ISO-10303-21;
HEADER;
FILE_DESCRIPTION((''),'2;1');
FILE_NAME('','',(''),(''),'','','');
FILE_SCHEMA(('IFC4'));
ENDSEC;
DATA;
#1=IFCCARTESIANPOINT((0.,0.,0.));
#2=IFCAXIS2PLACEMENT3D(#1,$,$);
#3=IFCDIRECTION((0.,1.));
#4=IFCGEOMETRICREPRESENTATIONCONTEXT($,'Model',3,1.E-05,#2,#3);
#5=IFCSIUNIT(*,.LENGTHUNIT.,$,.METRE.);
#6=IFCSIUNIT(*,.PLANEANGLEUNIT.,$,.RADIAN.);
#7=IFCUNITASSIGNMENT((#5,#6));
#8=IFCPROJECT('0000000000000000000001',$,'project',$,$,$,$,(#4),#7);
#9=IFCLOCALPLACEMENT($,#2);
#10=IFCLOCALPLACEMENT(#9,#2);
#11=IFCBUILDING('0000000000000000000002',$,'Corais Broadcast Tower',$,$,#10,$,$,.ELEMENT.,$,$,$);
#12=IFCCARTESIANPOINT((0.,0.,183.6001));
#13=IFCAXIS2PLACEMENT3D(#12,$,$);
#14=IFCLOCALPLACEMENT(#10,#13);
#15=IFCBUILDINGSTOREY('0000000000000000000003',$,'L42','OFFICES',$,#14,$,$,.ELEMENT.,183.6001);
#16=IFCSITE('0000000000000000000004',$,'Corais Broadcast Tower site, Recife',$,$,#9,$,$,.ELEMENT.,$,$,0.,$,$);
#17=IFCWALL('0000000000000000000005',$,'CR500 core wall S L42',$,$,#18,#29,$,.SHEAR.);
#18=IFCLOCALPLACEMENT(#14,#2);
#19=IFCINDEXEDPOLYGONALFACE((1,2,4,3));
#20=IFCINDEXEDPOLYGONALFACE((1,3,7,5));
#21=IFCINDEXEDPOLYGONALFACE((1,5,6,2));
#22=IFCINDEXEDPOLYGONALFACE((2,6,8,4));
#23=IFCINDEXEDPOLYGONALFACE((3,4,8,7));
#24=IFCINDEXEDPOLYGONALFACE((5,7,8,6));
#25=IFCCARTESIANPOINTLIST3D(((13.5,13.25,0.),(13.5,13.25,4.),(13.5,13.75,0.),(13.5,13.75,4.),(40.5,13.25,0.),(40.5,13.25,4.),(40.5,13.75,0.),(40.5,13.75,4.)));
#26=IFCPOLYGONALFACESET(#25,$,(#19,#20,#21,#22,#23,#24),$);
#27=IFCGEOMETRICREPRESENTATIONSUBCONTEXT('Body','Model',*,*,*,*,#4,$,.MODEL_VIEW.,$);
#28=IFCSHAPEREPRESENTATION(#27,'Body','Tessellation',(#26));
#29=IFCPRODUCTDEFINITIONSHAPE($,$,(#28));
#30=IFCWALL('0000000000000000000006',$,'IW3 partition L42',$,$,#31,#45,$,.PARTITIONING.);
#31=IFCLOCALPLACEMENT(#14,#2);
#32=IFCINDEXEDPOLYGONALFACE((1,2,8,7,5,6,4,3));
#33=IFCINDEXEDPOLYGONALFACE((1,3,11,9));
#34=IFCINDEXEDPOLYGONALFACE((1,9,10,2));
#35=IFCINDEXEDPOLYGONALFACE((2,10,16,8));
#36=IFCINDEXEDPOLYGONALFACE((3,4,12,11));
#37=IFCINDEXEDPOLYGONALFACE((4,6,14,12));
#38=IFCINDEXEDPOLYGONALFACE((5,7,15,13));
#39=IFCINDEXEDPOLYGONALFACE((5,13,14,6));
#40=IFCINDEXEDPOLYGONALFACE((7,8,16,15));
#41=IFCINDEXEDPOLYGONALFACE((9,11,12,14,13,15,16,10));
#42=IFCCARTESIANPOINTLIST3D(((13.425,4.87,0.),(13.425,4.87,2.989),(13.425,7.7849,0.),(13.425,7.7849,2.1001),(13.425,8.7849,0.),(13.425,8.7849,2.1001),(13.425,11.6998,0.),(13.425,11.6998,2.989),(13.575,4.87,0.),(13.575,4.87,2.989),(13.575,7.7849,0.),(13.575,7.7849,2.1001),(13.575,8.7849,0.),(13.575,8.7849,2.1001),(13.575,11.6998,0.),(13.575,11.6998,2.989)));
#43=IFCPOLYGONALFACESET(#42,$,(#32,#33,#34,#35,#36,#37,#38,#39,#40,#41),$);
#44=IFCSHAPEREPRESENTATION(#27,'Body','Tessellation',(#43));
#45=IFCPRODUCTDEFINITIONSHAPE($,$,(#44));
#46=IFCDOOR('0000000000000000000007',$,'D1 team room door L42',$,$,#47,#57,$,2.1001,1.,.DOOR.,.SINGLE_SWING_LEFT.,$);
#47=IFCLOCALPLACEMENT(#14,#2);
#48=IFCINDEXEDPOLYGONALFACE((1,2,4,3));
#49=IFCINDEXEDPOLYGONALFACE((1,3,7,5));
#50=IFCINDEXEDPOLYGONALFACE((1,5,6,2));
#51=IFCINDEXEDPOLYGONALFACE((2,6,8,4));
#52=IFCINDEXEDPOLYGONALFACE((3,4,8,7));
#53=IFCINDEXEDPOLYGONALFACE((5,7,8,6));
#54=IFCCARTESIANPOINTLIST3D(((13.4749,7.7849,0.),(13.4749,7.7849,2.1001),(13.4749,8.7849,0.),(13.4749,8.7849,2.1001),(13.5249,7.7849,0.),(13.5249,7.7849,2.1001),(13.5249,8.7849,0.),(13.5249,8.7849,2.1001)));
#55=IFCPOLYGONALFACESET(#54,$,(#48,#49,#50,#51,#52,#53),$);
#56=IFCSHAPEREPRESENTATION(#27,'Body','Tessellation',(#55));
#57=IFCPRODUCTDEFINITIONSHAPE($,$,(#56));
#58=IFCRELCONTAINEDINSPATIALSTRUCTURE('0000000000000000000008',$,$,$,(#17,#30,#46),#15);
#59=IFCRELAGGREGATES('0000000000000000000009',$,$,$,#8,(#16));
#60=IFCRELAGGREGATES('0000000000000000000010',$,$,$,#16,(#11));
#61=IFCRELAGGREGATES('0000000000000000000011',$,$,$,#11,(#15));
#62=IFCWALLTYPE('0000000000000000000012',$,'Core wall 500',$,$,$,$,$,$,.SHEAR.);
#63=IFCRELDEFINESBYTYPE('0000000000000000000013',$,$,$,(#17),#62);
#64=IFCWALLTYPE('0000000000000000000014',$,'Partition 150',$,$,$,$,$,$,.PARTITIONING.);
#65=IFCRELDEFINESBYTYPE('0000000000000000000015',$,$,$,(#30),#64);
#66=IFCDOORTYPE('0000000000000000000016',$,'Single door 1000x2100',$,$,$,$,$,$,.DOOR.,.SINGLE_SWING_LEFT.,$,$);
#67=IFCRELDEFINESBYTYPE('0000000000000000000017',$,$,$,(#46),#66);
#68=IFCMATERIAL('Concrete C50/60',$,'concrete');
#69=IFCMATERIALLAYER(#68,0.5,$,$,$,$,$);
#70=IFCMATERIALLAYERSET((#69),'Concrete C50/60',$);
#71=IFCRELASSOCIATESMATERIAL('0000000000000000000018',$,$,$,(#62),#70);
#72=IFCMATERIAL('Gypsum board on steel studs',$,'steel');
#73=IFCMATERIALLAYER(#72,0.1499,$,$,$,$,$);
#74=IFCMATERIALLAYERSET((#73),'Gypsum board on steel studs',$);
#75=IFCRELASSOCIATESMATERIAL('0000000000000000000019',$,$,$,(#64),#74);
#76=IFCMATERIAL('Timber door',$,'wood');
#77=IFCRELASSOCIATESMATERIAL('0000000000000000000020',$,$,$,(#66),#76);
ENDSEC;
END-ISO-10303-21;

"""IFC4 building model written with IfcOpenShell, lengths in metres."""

from ifc_helpers import new_model, si_unit, direction, frame, frame_2d, origin, place, context, subcontext, project, spatial, rectangle, extrude, material, layer, layer_set, type_object, element, fill, save


model = new_model("IFC4")

# Units and contexts
model_context = context("Model", 3, precision=1e-05, world=origin(), true_north=direction((0.0, 1.0)))
body_context = subcontext(model_context, "Body", "Model", "MODEL_VIEW")
ifc_project = project(units=[si_unit("LENGTHUNIT", "METRE"), si_unit("PLANEANGLEUNIT", "RADIAN")], contexts=[model_context])

# Site, building, storey
site_placement = place(None, origin())
site = spatial("IfcSite", under=ifc_project, at=site_placement, Name="Corais Broadcast Tower site, Recife", CompositionType="ELEMENT", RefElevation=0.0)
building_placement = place(site_placement, origin())
building = spatial("IfcBuilding", under=site, at=building_placement, Name="Corais Broadcast Tower", CompositionType="ELEMENT")
storey_placement = place(building_placement, frame((0.0, 0.0, 183.6001)))
storey = spatial("IfcBuildingStorey", under=building, at=storey_placement, Name="L42", Description="OFFICES", CompositionType="ELEMENT", Elevation=183.6001)

# Wall
ifc_material_1 = material(Name="Concrete C50/60", Category="concrete")
ifc_layer_1 = layer(ifc_material_1, 0.5)
ifc_layer_set_1 = layer_set([ifc_layer_1], Name="Concrete C50/60")
wall_type_1 = type_object("IfcWallType", Name="Core wall 500", PredefinedType="SHEAR", material=ifc_layer_set_1)
wall_1_placement = place(storey_placement, frame((13.5, 13.5, 0.0), z_axis=(0.0, 0.0, 1.0), x_axis=(1.0, 0.0, 0.0)))
element("IfcWall", 1, at=wall_1_placement, inside=storey, type_object=wall_type_1, Name="CR500 core wall S L42", PredefinedType="SHEAR", context=body_context, shape_type="SweptSolid", body=[
    extrude(rectangle(XDim=27.0, YDim=0.5, at=frame_2d((13.5, 0.0))), origin(), (0.0, 0.0, 1.0), 4.0),
])

# Wall, opening, door
ifc_material_2 = material(Name="Gypsum board on steel studs", Category="steel")
ifc_layer_2 = layer(ifc_material_2, 0.1499)
ifc_layer_set_2 = layer_set([ifc_layer_2], Name="Gypsum board on steel studs")
wall_type_2 = type_object("IfcWallType", Name="Partition 150", PredefinedType="PARTITIONING", material=ifc_layer_set_2)
wall_2_placement = place(storey_placement, frame((13.5, 11.7, 0.0), z_axis=(0.0, 0.0, 1.0), x_axis=(0.0, -1.0, 0.0)))
wall_2 = element("IfcWall", 2, at=wall_2_placement, inside=storey, type_object=wall_type_2, Name="IW3 partition L42", PredefinedType="PARTITIONING", context=body_context, shape_type="SweptSolid", body=[
    extrude(rectangle(XDim=6.8298, YDim=0.1499, at=frame_2d((3.415, 0.0))), origin(), (0.0, 0.0, 1.0), 2.989),
])
opening_1_placement = place(wall_2_placement, frame((2.915, 0.0, 0.0)))
opening_1 = element("IfcOpeningElement", 3, at=opening_1_placement, cuts=wall_2, PredefinedType="OPENING", context=body_context, shape_type="SweptSolid", body=[
    extrude(rectangle(XDim=1.0, YDim=2.1001, at=frame_2d((0.5, 1.05))), frame((0.0, 0.085, 0.0), z_axis=(0.0, -1.0, 0.0), x_axis=(1.0, 0.0, 0.0)), (0.0, 0.0, 1.0), 0.1699),
])
ifc_material_3 = material(Name="Timber door", Category="wood")
door_type_1 = type_object("IfcDoorType", Name="Single door 1000x2100", OperationType="SINGLE_SWING_LEFT", PredefinedType="DOOR", material=ifc_material_3)
door_1_placement = place(opening_1_placement, origin())
door_1 = element("IfcDoor", 4, at=door_1_placement, inside=storey, type_object=door_type_1, Name="D1 team room door L42", OperationType="SINGLE_SWING_LEFT", OverallHeight=2.1001, OverallWidth=1.0, PredefinedType="DOOR", context=body_context, shape_type="SweptSolid", body=[
    extrude(rectangle(XDim=1.0, YDim=2.1001, at=frame_2d((0.5, 1.05))), frame((0.0, 0.0249, 0.0), z_axis=(0.0, -1.0, 0.0), x_axis=(1.0, 0.0, 0.0)), (0.0, 0.0, 1.0), 0.05),
])
fill(opening_1, door_1)

save(model, "model.ifc")
